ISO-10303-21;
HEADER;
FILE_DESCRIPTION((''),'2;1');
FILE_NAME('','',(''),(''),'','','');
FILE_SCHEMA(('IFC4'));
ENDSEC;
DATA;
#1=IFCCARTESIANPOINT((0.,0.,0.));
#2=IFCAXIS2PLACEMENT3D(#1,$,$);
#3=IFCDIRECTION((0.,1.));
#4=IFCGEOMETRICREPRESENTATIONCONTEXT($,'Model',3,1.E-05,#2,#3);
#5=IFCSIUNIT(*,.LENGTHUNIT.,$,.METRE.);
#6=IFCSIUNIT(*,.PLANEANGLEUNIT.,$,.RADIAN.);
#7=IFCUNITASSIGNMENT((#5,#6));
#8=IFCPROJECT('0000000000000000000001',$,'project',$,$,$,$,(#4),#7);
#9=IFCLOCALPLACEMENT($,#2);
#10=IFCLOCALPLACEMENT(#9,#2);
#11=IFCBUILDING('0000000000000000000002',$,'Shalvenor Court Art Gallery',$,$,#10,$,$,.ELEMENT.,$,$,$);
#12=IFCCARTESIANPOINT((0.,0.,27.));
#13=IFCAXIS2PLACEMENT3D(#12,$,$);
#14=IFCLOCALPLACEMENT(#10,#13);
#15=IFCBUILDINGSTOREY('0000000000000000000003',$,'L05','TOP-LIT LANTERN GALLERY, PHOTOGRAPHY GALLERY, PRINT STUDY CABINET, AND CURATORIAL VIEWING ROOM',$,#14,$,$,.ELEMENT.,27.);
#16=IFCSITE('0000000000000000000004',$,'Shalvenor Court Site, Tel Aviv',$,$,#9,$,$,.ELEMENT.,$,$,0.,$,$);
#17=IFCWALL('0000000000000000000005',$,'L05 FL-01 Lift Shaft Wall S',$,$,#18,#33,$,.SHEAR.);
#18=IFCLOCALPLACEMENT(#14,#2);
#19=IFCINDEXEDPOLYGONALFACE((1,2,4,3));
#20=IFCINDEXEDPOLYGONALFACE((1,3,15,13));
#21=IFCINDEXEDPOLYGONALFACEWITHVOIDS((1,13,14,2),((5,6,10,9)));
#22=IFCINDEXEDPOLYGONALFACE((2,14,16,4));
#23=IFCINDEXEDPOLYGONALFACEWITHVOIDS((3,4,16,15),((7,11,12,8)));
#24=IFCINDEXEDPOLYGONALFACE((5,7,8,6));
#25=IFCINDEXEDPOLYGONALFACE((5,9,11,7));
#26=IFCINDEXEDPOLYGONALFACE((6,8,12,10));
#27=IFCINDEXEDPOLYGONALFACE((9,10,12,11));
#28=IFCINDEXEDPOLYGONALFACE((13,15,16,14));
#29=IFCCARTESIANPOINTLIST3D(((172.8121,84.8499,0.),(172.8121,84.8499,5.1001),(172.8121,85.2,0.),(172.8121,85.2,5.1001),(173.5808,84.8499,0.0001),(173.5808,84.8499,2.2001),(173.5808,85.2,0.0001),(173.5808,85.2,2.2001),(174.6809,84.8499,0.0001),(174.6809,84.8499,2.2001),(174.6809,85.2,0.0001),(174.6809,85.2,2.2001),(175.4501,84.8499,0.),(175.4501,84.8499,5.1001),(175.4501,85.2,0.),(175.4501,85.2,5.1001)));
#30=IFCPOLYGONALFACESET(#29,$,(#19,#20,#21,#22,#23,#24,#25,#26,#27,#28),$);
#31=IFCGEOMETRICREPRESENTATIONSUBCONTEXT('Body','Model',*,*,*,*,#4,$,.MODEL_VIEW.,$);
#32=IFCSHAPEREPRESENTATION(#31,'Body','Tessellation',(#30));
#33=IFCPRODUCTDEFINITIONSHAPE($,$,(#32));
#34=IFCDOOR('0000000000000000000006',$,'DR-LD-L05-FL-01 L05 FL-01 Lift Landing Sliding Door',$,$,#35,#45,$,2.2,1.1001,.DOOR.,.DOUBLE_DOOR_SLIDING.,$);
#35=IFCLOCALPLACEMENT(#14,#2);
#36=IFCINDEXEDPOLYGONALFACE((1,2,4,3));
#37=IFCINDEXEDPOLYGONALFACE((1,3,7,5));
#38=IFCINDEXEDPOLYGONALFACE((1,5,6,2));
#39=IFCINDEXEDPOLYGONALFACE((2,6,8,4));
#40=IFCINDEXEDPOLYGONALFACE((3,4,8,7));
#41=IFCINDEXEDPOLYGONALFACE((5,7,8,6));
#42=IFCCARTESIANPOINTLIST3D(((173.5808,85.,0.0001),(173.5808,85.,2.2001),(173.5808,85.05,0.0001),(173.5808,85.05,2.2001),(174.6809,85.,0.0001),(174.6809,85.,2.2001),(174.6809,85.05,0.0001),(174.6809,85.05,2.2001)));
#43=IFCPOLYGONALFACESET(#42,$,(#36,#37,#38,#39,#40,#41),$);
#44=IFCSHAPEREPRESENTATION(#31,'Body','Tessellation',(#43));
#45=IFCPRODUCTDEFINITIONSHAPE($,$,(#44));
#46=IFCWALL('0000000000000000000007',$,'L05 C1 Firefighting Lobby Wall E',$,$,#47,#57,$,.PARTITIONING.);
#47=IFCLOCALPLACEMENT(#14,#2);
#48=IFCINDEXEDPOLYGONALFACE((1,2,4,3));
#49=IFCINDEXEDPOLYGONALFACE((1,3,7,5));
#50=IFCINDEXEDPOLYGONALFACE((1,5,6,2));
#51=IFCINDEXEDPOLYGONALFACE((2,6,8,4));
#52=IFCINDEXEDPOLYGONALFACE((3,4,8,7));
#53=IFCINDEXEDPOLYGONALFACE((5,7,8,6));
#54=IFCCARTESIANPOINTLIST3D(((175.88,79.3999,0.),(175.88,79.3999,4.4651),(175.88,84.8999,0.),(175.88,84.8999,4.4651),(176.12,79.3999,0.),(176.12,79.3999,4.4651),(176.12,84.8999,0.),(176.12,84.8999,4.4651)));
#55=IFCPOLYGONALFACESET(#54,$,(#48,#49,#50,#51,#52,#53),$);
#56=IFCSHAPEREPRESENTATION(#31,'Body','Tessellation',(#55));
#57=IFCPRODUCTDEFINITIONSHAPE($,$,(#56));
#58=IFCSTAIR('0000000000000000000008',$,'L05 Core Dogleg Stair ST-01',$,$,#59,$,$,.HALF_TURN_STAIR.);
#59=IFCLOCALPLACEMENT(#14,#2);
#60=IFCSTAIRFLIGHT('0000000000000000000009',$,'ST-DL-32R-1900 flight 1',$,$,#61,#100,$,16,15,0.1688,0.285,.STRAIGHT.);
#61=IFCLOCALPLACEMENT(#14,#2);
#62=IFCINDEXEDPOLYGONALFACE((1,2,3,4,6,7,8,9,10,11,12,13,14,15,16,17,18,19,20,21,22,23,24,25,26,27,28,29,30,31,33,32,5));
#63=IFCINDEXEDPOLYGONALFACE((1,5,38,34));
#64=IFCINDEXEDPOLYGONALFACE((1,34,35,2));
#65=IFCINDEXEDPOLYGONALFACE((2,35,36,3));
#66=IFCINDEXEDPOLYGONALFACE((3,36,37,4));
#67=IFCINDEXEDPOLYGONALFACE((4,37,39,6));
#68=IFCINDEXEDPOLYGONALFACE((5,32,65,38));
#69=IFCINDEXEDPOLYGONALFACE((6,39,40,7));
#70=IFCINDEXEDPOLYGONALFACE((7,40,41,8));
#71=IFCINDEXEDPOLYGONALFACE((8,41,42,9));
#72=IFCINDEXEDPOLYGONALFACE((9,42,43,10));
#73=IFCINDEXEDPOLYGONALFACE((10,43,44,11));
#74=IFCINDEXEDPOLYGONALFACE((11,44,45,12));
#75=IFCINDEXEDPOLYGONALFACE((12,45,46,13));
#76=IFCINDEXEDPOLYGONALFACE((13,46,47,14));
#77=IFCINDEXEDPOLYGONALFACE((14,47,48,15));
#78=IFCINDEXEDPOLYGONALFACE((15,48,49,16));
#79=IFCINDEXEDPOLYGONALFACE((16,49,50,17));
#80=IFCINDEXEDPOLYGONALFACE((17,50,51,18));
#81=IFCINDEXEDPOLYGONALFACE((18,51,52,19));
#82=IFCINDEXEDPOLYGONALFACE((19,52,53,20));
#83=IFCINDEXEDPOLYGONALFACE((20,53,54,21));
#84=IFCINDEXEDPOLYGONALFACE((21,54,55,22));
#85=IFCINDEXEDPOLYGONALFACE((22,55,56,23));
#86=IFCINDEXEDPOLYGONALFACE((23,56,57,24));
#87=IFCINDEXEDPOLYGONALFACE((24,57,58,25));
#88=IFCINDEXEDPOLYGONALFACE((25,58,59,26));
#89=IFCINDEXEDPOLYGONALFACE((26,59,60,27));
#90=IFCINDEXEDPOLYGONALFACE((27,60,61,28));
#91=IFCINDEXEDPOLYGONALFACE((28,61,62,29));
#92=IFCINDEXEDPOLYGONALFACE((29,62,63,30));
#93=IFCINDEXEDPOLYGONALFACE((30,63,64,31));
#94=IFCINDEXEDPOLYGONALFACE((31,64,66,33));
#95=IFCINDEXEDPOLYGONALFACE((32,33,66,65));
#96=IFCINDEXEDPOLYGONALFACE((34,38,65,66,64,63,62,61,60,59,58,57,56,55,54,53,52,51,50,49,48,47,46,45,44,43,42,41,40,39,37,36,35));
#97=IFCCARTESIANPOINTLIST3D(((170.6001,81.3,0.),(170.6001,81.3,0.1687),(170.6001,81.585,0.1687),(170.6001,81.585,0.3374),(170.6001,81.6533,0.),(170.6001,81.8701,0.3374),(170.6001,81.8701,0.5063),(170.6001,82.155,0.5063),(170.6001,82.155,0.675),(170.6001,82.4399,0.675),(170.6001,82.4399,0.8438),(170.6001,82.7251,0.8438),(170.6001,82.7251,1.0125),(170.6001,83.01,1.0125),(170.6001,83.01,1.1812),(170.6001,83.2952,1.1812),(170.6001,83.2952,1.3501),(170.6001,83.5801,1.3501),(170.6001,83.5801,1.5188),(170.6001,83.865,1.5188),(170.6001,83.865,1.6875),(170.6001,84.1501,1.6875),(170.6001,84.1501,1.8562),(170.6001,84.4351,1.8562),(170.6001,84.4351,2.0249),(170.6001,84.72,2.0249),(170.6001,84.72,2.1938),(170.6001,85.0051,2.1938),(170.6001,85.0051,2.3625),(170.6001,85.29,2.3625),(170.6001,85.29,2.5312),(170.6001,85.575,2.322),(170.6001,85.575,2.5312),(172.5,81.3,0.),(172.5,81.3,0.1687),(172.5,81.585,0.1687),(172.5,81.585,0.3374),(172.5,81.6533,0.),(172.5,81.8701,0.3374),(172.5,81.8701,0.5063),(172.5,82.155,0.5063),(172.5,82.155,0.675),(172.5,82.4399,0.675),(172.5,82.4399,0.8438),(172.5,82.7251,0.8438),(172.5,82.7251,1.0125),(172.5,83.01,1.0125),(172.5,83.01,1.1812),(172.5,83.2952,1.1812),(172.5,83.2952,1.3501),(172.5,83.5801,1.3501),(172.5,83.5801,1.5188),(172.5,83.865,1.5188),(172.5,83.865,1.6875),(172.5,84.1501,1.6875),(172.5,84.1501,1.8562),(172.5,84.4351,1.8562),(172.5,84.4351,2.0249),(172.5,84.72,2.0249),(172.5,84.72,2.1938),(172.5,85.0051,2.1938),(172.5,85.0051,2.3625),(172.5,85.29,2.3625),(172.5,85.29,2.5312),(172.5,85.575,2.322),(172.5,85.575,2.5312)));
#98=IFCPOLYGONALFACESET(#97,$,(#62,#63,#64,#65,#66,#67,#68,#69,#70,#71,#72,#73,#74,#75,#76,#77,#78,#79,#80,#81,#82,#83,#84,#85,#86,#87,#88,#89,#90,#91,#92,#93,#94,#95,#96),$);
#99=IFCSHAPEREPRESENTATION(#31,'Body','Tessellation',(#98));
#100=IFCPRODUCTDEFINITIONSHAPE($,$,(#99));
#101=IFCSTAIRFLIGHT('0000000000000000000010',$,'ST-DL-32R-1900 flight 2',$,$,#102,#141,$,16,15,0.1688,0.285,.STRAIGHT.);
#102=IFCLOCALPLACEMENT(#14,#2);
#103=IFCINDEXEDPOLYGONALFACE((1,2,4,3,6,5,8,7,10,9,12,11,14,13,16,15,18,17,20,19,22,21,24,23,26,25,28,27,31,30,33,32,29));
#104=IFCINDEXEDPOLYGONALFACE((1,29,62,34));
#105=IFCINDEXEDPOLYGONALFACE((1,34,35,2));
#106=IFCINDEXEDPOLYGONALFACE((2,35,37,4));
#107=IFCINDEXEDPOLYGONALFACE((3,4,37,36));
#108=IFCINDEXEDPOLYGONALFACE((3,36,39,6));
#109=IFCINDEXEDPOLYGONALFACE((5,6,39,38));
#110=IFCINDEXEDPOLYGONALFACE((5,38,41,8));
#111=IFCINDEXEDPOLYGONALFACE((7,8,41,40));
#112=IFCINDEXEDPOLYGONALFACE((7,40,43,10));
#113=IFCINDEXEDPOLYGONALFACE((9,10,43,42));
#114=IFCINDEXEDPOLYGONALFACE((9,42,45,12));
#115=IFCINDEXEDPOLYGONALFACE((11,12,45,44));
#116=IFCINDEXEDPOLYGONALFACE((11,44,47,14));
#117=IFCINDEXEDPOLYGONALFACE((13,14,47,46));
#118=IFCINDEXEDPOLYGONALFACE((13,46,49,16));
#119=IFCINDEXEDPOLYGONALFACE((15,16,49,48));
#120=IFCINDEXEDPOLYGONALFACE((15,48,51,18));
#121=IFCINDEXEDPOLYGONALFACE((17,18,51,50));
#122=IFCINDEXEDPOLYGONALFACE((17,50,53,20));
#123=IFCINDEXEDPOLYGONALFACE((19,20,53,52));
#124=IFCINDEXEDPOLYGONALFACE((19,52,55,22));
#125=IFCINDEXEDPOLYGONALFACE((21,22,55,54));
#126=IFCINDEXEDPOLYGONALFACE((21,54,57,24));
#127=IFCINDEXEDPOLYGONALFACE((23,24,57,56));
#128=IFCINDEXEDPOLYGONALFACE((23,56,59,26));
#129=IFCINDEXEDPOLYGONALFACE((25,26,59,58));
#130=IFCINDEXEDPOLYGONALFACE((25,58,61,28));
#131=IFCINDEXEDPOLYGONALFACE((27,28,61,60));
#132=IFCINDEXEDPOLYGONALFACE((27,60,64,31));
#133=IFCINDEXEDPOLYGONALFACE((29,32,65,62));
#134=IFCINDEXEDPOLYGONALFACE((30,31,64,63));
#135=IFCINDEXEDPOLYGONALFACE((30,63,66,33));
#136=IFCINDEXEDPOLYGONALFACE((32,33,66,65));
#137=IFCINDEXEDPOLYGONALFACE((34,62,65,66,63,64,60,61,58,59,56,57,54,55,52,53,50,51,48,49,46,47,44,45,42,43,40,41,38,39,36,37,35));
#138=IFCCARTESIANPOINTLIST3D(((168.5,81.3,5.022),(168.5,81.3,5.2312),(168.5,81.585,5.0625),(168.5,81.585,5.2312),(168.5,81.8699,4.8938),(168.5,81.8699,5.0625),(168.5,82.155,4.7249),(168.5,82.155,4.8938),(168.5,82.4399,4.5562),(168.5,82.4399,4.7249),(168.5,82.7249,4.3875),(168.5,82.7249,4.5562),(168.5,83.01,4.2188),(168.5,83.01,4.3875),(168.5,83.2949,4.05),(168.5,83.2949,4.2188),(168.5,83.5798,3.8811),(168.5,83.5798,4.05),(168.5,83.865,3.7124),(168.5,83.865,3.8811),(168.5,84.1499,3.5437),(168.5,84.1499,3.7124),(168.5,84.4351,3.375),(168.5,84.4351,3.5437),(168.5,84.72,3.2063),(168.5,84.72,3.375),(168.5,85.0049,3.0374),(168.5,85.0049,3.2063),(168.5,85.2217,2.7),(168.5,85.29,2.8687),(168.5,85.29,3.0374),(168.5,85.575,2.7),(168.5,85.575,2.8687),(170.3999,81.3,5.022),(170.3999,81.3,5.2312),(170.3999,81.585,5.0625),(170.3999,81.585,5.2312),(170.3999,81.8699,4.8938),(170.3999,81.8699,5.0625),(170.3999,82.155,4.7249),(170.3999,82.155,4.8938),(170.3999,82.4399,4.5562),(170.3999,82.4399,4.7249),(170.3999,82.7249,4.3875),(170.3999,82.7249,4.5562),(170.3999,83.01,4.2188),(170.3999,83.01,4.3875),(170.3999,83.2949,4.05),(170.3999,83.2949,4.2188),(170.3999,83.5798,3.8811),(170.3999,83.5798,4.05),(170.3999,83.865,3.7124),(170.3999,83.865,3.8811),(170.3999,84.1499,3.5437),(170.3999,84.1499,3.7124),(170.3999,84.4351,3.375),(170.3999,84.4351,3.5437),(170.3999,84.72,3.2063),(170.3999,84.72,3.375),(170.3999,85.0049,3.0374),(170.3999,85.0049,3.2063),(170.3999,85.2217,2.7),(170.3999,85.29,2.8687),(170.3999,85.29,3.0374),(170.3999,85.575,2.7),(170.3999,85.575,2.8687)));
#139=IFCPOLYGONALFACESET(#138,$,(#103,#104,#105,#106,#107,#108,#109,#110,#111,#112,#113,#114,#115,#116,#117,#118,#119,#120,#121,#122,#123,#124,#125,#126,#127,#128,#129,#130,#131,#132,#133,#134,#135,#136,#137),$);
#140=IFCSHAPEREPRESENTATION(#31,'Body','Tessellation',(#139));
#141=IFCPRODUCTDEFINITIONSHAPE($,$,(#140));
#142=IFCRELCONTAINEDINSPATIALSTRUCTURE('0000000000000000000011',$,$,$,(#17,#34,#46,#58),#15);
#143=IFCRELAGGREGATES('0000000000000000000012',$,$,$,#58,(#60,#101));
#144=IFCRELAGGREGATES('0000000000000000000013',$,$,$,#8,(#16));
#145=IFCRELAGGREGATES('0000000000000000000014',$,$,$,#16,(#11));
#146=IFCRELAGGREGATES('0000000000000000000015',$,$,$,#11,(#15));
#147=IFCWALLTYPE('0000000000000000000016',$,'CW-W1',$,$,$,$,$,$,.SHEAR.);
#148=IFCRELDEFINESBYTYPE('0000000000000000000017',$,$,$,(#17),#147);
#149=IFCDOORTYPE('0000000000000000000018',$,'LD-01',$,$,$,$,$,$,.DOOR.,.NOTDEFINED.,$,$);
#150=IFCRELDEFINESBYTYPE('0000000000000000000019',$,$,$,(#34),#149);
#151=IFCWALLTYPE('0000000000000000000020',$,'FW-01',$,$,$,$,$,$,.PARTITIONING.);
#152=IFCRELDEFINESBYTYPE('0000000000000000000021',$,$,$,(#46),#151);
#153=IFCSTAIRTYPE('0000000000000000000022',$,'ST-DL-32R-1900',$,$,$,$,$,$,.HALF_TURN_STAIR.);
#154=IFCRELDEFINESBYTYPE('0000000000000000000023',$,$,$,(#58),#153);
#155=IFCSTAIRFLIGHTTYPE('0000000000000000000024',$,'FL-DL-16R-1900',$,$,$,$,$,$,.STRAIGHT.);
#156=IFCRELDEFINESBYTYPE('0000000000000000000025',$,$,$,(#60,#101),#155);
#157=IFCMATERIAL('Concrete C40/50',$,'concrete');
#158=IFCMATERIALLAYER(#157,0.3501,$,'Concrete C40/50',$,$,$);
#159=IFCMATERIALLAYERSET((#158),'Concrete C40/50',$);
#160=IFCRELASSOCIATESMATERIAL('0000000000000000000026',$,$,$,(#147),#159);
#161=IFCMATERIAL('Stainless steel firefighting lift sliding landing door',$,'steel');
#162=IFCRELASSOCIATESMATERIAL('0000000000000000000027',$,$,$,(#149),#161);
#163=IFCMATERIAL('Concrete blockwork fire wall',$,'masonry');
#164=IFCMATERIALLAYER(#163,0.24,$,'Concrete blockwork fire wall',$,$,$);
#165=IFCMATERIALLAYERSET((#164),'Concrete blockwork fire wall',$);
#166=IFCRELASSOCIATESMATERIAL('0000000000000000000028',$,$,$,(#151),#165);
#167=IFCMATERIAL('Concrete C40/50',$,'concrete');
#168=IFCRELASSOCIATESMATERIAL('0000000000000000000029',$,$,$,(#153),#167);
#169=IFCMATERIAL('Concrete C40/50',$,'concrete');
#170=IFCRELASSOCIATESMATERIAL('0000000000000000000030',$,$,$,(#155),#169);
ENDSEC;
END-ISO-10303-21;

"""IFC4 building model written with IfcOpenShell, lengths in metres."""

from ifc_helpers import new_model, si_unit, direction, frame, frame_2d, origin, place, context, subcontext, project, spatial, polyline, rectangle, outline, extrude, material, layer, layer_set, type_object, element, fill, aggregate, save


model = new_model("IFC4")

# Units and contexts
model_context = context("Model", 3, precision=1e-05, world=origin(), true_north=direction((0.0, 1.0)))
body_context = subcontext(model_context, "Body", "Model", "MODEL_VIEW")
ifc_project = project(units=[si_unit("LENGTHUNIT", "METRE"), si_unit("PLANEANGLEUNIT", "RADIAN")], contexts=[model_context])

# Site, building, storey
site_placement = place(None, origin())
site = spatial("IfcSite", under=ifc_project, at=site_placement, Name="Shalvenor Court Site, Tel Aviv", CompositionType="ELEMENT", RefElevation=0.0)
building_placement = place(site_placement, origin())
building = spatial("IfcBuilding", under=site, at=building_placement, Name="Shalvenor Court Art Gallery", CompositionType="ELEMENT")
storey_placement = place(building_placement, frame((0.0, 0.0, 27.0)))
storey = spatial("IfcBuildingStorey", under=building, at=storey_placement, Name="L05", Description="TOP-LIT LANTERN GALLERY, PHOTOGRAPHY GALLERY, PRINT STUDY CABINET, AND CURATORIAL VIEWING ROOM", CompositionType="ELEMENT", Elevation=27.0)

# Wall, opening, door
ifc_material_1 = material(Name="Concrete C40/50", Category="concrete")
ifc_layer_1 = layer(ifc_material_1, 0.3501, Name="Concrete C40/50")
ifc_layer_set_1 = layer_set([ifc_layer_1], Name="Concrete C40/50")
wall_type_1 = type_object("IfcWallType", Name="CW-W1", PredefinedType="SHEAR", material=ifc_layer_set_1)
wall_1_placement = place(storey_placement, frame((175.45, 85.0249, 0.0), z_axis=(0.0, 0.0, 1.0), x_axis=(-1.0, 0.0, 0.0)))
wall_1 = element("IfcWall", 1, at=wall_1_placement, inside=storey, type_object=wall_type_1, Name="L05 FL-01 Lift Shaft Wall S", PredefinedType="SHEAR", context=body_context, shape_type="SweptSolid", body=[
    extrude(rectangle(XDim=2.6379, YDim=0.3501, at=frame_2d((1.3188, 0.0))), origin(), (0.0, 0.0, 1.0), 5.1001),
])
opening_placement = place(wall_1_placement, frame((0.769, 0.0, 0.0)))
opening = element("IfcOpeningElement", 2, at=opening_placement, cuts=wall_1, PredefinedType="OPENING", context=body_context, shape_type="SweptSolid", body=[
    extrude(rectangle(XDim=1.1001, YDim=2.2, at=frame_2d((0.55, 1.1001))), frame((0.0, 0.1851, 0.0), z_axis=(0.0, -1.0, 0.0), x_axis=(1.0, 0.0, 0.0)), (0.0, 0.0, 1.0), 0.3701),
])
ifc_material_2 = material(Name="Stainless steel firefighting lift sliding landing door", Category="steel")
door_type = type_object("IfcDoorType", Name="LD-01", OperationType="NOTDEFINED", PredefinedType="DOOR", material=ifc_material_2)
door_placement = place(opening_placement, origin())
door = element("IfcDoor", 3, at=door_placement, inside=storey, type_object=door_type, Name="DR-LD-L05-FL-01 L05 FL-01 Lift Landing Sliding Door", OperationType="DOUBLE_DOOR_SLIDING", OverallHeight=2.2, OverallWidth=1.1001, PredefinedType="DOOR", context=body_context, shape_type="SweptSolid", body=[
    extrude(rectangle(XDim=1.1001, YDim=2.2, at=frame_2d((0.55, 1.1001))), frame((0.0, 0.0249, 0.0), z_axis=(0.0, -1.0, 0.0), x_axis=(1.0, 0.0, 0.0)), (0.0, 0.0, 1.0), 0.05),
])
fill(opening, door)

# Wall
ifc_material_3 = material(Name="Concrete blockwork fire wall", Category="masonry")
ifc_layer_2 = layer(ifc_material_3, 0.24, Name="Concrete blockwork fire wall")
ifc_layer_set_2 = layer_set([ifc_layer_2], Name="Concrete blockwork fire wall")
wall_type_2 = type_object("IfcWallType", Name="FW-01", PredefinedType="PARTITIONING", material=ifc_layer_set_2)
wall_2_placement = place(storey_placement, frame((176.0, 84.8999, 0.0), z_axis=(0.0, 0.0, 1.0), x_axis=(0.0, -1.0, 0.0)))
element("IfcWall", 4, at=wall_2_placement, inside=storey, type_object=wall_type_2, Name="L05 C1 Firefighting Lobby Wall E", PredefinedType="PARTITIONING", context=body_context, shape_type="SweptSolid", body=[
    extrude(rectangle(XDim=5.5, YDim=0.24, at=frame_2d((2.75, 0.0))), origin(), (0.0, 0.0, 1.0), 4.4651),
])

# Stair, stair flights
ifc_material_4 = material(Name="Concrete C40/50", Category="concrete")
stair_type = type_object("IfcStairType", Name="ST-DL-32R-1900", PredefinedType="HALF_TURN_STAIR", material=ifc_material_4)
stair_placement = place(storey_placement, origin())
stair = element("IfcStair", 5, at=stair_placement, inside=storey, type_object=stair_type, Name="L05 Core Dogleg Stair ST-01", PredefinedType="HALF_TURN_STAIR")
ifc_material_5 = material(Name="Concrete C40/50", Category="concrete")
stair_flight_type = type_object("IfcStairFlightType", Name="FL-DL-16R-1900", PredefinedType="STRAIGHT", material=ifc_material_5)
stair_flight_1_placement = place(storey_placement, frame((171.55, 81.3, 0.0), z_axis=(0.0, 0.0, 1.0), x_axis=(0.0, 1.0, 0.0)))
stair_flight_1 = element("IfcStairFlight", 6, at=stair_flight_1_placement, type_object=stair_flight_type, Name="ST-DL-32R-1900 flight 1", NumberOfRisers=16, NumberOfTreads=15, PredefinedType="STRAIGHT", RiserHeight=0.1688, TreadLength=0.285, context=body_context, shape_type="SweptSolid", body=[
    extrude(outline(polyline([(0.0, 0.0), (0.0, 0.1687), (0.2849, 0.1687), (0.2849, 0.3374), (0.5701, 0.3374), (0.5701, 0.5063), (0.855, 0.5063), (0.855, 0.675), (1.1399, 0.675), (1.1399, 0.8438), (1.425, 0.8438), (1.425, 1.0125), (1.71, 1.0125), (1.71, 1.1812), (1.9951, 1.1812), (1.9951, 1.3501), (2.28, 1.3501), (2.28, 1.5188), (2.5649, 1.5188), (2.5649, 1.6875), (2.8501, 1.6875), (2.8501, 1.8562), (3.135, 1.8562), (3.135, 2.0249), (3.4199, 2.0249), (3.4199, 2.1938), (3.7051, 2.1938), (3.7051, 2.3625), (3.99, 2.3625), (3.99, 2.5312), (4.2749, 2.5312), (4.2749, 2.7), (4.2749, 2.322), (0.3533, 0.0), (0.0, 0.0)])), frame((0.0, 0.95, 0.0), z_axis=(0.0, -1.0, 0.0), x_axis=(1.0, 0.0, 0.0)), (0.0, 0.0, 1.0), 1.8999),
])
stair_flight_2_placement = place(storey_placement, frame((169.45, 85.575, 2.7), z_axis=(0.0, 0.0, 1.0), x_axis=(0.0, -1.0, 0.0)))
stair_flight_2 = element("IfcStairFlight", 7, at=stair_flight_2_placement, type_object=stair_flight_type, Name="ST-DL-32R-1900 flight 2", NumberOfRisers=16, NumberOfTreads=15, PredefinedType="STRAIGHT", RiserHeight=0.1688, TreadLength=0.285, context=body_context, shape_type="SweptSolid", body=[
    extrude(outline(polyline([(0.0, 0.0), (0.0, 0.1687), (0.2849, 0.1687), (0.2849, 0.3374), (0.5701, 0.3374), (0.5701, 0.5063), (0.855, 0.5063), (0.855, 0.675), (1.1399, 0.675), (1.1399, 0.8438), (1.425, 0.8438), (1.425, 1.0125), (1.71, 1.0125), (1.71, 1.1812), (1.9951, 1.1812), (1.9951, 1.3501), (2.28, 1.3501), (2.28, 1.5188), (2.5649, 1.5188), (2.5649, 1.6875), (2.8501, 1.6875), (2.8501, 1.8562), (3.135, 1.8562), (3.135, 2.0249), (3.4199, 2.0249), (3.4199, 2.1938), (3.7051, 2.1938), (3.7051, 2.3625), (3.99, 2.3625), (3.99, 2.5312), (4.2749, 2.5312), (4.2749, 2.7), (4.2749, 2.322), (0.3533, 0.0), (0.0, 0.0)])), frame((0.0, 0.95, 0.0), z_axis=(0.0, -1.0, 0.0), x_axis=(1.0, 0.0, 0.0)), (0.0, 0.0, 1.0), 1.8999),
])
aggregate(stair, [stair_flight_1, stair_flight_2])

save(model, "model.ifc")
